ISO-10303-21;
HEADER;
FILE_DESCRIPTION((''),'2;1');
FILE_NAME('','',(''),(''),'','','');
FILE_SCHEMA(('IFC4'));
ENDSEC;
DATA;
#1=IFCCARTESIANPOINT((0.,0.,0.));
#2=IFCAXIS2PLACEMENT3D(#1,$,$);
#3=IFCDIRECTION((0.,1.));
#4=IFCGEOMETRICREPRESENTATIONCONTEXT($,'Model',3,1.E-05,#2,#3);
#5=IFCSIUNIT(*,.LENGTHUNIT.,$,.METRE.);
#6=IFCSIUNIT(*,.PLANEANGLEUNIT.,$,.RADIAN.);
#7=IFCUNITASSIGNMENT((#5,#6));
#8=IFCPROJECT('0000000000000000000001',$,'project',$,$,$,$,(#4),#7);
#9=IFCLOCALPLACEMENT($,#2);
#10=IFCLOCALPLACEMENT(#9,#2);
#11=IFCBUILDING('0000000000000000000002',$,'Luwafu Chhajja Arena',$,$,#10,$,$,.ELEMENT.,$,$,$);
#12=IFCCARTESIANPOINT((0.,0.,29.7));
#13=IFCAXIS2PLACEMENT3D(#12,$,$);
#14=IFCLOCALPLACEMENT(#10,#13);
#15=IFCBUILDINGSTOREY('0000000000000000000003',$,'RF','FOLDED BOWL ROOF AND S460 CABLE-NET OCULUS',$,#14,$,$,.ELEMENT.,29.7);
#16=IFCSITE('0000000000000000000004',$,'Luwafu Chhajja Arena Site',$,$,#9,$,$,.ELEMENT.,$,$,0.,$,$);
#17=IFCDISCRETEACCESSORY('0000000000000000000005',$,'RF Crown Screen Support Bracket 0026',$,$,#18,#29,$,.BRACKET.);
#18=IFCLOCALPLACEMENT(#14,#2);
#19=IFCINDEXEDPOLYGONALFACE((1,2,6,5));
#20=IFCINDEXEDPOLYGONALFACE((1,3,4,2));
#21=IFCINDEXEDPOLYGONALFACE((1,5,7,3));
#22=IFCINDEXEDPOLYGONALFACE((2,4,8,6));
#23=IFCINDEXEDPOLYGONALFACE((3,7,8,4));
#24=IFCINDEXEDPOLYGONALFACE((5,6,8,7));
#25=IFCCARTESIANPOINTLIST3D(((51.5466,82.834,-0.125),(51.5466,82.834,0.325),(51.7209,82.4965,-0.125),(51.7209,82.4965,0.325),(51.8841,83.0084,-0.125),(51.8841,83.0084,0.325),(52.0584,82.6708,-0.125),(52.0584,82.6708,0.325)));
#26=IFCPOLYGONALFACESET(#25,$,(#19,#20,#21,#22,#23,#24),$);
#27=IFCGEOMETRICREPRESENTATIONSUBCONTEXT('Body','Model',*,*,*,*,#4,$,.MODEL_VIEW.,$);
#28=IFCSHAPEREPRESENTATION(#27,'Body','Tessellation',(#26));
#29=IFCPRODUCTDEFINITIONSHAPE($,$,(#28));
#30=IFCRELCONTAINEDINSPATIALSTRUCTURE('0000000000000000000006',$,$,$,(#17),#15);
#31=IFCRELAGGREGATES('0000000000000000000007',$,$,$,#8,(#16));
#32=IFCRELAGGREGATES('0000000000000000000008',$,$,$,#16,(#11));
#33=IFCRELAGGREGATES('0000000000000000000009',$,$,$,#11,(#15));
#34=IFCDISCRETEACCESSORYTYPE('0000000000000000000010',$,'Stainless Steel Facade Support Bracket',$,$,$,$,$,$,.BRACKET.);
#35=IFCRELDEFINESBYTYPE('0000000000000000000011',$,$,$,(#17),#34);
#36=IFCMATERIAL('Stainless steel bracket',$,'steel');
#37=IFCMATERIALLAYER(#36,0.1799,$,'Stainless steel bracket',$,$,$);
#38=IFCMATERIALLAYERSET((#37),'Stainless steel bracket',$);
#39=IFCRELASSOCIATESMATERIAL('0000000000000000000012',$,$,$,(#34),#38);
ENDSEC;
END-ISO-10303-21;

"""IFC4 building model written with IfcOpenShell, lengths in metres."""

from ifc_helpers import new_model, si_unit, direction, frame, origin, origin_2d, place, context, subcontext, project, spatial, rectangle, extrude, material, layer, layer_set, type_object, element, save


model = new_model("IFC4")

# Units and contexts
model_context = context("Model", 3, precision=1e-05, world=origin(), true_north=direction((0.0, 1.0)))
body_context = subcontext(model_context, "Body", "Model", "MODEL_VIEW")
ifc_project = project(units=[si_unit("LENGTHUNIT", "METRE"), si_unit("PLANEANGLEUNIT", "RADIAN")], contexts=[model_context])

# Site, building, storey
site_placement = place(None, origin())
site = spatial("IfcSite", under=ifc_project, at=site_placement, Name="Luwafu Chhajja Arena Site", CompositionType="ELEMENT", RefElevation=0.0)
building_placement = place(site_placement, origin())
building = spatial("IfcBuilding", under=site, at=building_placement, Name="Luwafu Chhajja Arena", CompositionType="ELEMENT")
storey_placement = place(building_placement, frame((0.0, 0.0, 29.7)))
storey = spatial("IfcBuildingStorey", under=building, at=storey_placement, Name="RF", Description="FOLDED BOWL ROOF AND S460 CABLE-NET OCULUS", CompositionType="ELEMENT", Elevation=29.7)

# Discrete accessory
ifc_material_1 = material(Name="Stainless steel bracket", Category="steel")
ifc_layer_1 = layer(ifc_material_1, 0.1799, Name="Stainless steel bracket")
ifc_layer_set_1 = layer_set([ifc_layer_1], Name="Stainless steel bracket")
discrete_accessory_type = type_object("IfcDiscreteAccessoryType", Name="Stainless Steel Facade Support Bracket", PredefinedType="BRACKET", material=ifc_layer_set_1)
for number, where, z_axis, x_axis, name in (
    (1, (51.8025, 82.7524, -0.125), (0.0, 0.0, 1.0), (-0.888492, -0.458892, 0.0), "RF Crown Screen Support Bracket 0026"),
):
    element("IfcDiscreteAccessory", number, at=place(storey_placement, frame(where, z_axis=z_axis, x_axis=x_axis)), inside=storey, type_object=discrete_accessory_type, Name=name, PredefinedType="BRACKET", context=body_context, shape_type="SweptSolid", body=[
        extrude(rectangle(XDim=0.3799, YDim=0.3799, at=origin_2d()), origin(), (0.0, 0.0, 1.0), 0.45),
    ])

save(model, "model.ifc")
